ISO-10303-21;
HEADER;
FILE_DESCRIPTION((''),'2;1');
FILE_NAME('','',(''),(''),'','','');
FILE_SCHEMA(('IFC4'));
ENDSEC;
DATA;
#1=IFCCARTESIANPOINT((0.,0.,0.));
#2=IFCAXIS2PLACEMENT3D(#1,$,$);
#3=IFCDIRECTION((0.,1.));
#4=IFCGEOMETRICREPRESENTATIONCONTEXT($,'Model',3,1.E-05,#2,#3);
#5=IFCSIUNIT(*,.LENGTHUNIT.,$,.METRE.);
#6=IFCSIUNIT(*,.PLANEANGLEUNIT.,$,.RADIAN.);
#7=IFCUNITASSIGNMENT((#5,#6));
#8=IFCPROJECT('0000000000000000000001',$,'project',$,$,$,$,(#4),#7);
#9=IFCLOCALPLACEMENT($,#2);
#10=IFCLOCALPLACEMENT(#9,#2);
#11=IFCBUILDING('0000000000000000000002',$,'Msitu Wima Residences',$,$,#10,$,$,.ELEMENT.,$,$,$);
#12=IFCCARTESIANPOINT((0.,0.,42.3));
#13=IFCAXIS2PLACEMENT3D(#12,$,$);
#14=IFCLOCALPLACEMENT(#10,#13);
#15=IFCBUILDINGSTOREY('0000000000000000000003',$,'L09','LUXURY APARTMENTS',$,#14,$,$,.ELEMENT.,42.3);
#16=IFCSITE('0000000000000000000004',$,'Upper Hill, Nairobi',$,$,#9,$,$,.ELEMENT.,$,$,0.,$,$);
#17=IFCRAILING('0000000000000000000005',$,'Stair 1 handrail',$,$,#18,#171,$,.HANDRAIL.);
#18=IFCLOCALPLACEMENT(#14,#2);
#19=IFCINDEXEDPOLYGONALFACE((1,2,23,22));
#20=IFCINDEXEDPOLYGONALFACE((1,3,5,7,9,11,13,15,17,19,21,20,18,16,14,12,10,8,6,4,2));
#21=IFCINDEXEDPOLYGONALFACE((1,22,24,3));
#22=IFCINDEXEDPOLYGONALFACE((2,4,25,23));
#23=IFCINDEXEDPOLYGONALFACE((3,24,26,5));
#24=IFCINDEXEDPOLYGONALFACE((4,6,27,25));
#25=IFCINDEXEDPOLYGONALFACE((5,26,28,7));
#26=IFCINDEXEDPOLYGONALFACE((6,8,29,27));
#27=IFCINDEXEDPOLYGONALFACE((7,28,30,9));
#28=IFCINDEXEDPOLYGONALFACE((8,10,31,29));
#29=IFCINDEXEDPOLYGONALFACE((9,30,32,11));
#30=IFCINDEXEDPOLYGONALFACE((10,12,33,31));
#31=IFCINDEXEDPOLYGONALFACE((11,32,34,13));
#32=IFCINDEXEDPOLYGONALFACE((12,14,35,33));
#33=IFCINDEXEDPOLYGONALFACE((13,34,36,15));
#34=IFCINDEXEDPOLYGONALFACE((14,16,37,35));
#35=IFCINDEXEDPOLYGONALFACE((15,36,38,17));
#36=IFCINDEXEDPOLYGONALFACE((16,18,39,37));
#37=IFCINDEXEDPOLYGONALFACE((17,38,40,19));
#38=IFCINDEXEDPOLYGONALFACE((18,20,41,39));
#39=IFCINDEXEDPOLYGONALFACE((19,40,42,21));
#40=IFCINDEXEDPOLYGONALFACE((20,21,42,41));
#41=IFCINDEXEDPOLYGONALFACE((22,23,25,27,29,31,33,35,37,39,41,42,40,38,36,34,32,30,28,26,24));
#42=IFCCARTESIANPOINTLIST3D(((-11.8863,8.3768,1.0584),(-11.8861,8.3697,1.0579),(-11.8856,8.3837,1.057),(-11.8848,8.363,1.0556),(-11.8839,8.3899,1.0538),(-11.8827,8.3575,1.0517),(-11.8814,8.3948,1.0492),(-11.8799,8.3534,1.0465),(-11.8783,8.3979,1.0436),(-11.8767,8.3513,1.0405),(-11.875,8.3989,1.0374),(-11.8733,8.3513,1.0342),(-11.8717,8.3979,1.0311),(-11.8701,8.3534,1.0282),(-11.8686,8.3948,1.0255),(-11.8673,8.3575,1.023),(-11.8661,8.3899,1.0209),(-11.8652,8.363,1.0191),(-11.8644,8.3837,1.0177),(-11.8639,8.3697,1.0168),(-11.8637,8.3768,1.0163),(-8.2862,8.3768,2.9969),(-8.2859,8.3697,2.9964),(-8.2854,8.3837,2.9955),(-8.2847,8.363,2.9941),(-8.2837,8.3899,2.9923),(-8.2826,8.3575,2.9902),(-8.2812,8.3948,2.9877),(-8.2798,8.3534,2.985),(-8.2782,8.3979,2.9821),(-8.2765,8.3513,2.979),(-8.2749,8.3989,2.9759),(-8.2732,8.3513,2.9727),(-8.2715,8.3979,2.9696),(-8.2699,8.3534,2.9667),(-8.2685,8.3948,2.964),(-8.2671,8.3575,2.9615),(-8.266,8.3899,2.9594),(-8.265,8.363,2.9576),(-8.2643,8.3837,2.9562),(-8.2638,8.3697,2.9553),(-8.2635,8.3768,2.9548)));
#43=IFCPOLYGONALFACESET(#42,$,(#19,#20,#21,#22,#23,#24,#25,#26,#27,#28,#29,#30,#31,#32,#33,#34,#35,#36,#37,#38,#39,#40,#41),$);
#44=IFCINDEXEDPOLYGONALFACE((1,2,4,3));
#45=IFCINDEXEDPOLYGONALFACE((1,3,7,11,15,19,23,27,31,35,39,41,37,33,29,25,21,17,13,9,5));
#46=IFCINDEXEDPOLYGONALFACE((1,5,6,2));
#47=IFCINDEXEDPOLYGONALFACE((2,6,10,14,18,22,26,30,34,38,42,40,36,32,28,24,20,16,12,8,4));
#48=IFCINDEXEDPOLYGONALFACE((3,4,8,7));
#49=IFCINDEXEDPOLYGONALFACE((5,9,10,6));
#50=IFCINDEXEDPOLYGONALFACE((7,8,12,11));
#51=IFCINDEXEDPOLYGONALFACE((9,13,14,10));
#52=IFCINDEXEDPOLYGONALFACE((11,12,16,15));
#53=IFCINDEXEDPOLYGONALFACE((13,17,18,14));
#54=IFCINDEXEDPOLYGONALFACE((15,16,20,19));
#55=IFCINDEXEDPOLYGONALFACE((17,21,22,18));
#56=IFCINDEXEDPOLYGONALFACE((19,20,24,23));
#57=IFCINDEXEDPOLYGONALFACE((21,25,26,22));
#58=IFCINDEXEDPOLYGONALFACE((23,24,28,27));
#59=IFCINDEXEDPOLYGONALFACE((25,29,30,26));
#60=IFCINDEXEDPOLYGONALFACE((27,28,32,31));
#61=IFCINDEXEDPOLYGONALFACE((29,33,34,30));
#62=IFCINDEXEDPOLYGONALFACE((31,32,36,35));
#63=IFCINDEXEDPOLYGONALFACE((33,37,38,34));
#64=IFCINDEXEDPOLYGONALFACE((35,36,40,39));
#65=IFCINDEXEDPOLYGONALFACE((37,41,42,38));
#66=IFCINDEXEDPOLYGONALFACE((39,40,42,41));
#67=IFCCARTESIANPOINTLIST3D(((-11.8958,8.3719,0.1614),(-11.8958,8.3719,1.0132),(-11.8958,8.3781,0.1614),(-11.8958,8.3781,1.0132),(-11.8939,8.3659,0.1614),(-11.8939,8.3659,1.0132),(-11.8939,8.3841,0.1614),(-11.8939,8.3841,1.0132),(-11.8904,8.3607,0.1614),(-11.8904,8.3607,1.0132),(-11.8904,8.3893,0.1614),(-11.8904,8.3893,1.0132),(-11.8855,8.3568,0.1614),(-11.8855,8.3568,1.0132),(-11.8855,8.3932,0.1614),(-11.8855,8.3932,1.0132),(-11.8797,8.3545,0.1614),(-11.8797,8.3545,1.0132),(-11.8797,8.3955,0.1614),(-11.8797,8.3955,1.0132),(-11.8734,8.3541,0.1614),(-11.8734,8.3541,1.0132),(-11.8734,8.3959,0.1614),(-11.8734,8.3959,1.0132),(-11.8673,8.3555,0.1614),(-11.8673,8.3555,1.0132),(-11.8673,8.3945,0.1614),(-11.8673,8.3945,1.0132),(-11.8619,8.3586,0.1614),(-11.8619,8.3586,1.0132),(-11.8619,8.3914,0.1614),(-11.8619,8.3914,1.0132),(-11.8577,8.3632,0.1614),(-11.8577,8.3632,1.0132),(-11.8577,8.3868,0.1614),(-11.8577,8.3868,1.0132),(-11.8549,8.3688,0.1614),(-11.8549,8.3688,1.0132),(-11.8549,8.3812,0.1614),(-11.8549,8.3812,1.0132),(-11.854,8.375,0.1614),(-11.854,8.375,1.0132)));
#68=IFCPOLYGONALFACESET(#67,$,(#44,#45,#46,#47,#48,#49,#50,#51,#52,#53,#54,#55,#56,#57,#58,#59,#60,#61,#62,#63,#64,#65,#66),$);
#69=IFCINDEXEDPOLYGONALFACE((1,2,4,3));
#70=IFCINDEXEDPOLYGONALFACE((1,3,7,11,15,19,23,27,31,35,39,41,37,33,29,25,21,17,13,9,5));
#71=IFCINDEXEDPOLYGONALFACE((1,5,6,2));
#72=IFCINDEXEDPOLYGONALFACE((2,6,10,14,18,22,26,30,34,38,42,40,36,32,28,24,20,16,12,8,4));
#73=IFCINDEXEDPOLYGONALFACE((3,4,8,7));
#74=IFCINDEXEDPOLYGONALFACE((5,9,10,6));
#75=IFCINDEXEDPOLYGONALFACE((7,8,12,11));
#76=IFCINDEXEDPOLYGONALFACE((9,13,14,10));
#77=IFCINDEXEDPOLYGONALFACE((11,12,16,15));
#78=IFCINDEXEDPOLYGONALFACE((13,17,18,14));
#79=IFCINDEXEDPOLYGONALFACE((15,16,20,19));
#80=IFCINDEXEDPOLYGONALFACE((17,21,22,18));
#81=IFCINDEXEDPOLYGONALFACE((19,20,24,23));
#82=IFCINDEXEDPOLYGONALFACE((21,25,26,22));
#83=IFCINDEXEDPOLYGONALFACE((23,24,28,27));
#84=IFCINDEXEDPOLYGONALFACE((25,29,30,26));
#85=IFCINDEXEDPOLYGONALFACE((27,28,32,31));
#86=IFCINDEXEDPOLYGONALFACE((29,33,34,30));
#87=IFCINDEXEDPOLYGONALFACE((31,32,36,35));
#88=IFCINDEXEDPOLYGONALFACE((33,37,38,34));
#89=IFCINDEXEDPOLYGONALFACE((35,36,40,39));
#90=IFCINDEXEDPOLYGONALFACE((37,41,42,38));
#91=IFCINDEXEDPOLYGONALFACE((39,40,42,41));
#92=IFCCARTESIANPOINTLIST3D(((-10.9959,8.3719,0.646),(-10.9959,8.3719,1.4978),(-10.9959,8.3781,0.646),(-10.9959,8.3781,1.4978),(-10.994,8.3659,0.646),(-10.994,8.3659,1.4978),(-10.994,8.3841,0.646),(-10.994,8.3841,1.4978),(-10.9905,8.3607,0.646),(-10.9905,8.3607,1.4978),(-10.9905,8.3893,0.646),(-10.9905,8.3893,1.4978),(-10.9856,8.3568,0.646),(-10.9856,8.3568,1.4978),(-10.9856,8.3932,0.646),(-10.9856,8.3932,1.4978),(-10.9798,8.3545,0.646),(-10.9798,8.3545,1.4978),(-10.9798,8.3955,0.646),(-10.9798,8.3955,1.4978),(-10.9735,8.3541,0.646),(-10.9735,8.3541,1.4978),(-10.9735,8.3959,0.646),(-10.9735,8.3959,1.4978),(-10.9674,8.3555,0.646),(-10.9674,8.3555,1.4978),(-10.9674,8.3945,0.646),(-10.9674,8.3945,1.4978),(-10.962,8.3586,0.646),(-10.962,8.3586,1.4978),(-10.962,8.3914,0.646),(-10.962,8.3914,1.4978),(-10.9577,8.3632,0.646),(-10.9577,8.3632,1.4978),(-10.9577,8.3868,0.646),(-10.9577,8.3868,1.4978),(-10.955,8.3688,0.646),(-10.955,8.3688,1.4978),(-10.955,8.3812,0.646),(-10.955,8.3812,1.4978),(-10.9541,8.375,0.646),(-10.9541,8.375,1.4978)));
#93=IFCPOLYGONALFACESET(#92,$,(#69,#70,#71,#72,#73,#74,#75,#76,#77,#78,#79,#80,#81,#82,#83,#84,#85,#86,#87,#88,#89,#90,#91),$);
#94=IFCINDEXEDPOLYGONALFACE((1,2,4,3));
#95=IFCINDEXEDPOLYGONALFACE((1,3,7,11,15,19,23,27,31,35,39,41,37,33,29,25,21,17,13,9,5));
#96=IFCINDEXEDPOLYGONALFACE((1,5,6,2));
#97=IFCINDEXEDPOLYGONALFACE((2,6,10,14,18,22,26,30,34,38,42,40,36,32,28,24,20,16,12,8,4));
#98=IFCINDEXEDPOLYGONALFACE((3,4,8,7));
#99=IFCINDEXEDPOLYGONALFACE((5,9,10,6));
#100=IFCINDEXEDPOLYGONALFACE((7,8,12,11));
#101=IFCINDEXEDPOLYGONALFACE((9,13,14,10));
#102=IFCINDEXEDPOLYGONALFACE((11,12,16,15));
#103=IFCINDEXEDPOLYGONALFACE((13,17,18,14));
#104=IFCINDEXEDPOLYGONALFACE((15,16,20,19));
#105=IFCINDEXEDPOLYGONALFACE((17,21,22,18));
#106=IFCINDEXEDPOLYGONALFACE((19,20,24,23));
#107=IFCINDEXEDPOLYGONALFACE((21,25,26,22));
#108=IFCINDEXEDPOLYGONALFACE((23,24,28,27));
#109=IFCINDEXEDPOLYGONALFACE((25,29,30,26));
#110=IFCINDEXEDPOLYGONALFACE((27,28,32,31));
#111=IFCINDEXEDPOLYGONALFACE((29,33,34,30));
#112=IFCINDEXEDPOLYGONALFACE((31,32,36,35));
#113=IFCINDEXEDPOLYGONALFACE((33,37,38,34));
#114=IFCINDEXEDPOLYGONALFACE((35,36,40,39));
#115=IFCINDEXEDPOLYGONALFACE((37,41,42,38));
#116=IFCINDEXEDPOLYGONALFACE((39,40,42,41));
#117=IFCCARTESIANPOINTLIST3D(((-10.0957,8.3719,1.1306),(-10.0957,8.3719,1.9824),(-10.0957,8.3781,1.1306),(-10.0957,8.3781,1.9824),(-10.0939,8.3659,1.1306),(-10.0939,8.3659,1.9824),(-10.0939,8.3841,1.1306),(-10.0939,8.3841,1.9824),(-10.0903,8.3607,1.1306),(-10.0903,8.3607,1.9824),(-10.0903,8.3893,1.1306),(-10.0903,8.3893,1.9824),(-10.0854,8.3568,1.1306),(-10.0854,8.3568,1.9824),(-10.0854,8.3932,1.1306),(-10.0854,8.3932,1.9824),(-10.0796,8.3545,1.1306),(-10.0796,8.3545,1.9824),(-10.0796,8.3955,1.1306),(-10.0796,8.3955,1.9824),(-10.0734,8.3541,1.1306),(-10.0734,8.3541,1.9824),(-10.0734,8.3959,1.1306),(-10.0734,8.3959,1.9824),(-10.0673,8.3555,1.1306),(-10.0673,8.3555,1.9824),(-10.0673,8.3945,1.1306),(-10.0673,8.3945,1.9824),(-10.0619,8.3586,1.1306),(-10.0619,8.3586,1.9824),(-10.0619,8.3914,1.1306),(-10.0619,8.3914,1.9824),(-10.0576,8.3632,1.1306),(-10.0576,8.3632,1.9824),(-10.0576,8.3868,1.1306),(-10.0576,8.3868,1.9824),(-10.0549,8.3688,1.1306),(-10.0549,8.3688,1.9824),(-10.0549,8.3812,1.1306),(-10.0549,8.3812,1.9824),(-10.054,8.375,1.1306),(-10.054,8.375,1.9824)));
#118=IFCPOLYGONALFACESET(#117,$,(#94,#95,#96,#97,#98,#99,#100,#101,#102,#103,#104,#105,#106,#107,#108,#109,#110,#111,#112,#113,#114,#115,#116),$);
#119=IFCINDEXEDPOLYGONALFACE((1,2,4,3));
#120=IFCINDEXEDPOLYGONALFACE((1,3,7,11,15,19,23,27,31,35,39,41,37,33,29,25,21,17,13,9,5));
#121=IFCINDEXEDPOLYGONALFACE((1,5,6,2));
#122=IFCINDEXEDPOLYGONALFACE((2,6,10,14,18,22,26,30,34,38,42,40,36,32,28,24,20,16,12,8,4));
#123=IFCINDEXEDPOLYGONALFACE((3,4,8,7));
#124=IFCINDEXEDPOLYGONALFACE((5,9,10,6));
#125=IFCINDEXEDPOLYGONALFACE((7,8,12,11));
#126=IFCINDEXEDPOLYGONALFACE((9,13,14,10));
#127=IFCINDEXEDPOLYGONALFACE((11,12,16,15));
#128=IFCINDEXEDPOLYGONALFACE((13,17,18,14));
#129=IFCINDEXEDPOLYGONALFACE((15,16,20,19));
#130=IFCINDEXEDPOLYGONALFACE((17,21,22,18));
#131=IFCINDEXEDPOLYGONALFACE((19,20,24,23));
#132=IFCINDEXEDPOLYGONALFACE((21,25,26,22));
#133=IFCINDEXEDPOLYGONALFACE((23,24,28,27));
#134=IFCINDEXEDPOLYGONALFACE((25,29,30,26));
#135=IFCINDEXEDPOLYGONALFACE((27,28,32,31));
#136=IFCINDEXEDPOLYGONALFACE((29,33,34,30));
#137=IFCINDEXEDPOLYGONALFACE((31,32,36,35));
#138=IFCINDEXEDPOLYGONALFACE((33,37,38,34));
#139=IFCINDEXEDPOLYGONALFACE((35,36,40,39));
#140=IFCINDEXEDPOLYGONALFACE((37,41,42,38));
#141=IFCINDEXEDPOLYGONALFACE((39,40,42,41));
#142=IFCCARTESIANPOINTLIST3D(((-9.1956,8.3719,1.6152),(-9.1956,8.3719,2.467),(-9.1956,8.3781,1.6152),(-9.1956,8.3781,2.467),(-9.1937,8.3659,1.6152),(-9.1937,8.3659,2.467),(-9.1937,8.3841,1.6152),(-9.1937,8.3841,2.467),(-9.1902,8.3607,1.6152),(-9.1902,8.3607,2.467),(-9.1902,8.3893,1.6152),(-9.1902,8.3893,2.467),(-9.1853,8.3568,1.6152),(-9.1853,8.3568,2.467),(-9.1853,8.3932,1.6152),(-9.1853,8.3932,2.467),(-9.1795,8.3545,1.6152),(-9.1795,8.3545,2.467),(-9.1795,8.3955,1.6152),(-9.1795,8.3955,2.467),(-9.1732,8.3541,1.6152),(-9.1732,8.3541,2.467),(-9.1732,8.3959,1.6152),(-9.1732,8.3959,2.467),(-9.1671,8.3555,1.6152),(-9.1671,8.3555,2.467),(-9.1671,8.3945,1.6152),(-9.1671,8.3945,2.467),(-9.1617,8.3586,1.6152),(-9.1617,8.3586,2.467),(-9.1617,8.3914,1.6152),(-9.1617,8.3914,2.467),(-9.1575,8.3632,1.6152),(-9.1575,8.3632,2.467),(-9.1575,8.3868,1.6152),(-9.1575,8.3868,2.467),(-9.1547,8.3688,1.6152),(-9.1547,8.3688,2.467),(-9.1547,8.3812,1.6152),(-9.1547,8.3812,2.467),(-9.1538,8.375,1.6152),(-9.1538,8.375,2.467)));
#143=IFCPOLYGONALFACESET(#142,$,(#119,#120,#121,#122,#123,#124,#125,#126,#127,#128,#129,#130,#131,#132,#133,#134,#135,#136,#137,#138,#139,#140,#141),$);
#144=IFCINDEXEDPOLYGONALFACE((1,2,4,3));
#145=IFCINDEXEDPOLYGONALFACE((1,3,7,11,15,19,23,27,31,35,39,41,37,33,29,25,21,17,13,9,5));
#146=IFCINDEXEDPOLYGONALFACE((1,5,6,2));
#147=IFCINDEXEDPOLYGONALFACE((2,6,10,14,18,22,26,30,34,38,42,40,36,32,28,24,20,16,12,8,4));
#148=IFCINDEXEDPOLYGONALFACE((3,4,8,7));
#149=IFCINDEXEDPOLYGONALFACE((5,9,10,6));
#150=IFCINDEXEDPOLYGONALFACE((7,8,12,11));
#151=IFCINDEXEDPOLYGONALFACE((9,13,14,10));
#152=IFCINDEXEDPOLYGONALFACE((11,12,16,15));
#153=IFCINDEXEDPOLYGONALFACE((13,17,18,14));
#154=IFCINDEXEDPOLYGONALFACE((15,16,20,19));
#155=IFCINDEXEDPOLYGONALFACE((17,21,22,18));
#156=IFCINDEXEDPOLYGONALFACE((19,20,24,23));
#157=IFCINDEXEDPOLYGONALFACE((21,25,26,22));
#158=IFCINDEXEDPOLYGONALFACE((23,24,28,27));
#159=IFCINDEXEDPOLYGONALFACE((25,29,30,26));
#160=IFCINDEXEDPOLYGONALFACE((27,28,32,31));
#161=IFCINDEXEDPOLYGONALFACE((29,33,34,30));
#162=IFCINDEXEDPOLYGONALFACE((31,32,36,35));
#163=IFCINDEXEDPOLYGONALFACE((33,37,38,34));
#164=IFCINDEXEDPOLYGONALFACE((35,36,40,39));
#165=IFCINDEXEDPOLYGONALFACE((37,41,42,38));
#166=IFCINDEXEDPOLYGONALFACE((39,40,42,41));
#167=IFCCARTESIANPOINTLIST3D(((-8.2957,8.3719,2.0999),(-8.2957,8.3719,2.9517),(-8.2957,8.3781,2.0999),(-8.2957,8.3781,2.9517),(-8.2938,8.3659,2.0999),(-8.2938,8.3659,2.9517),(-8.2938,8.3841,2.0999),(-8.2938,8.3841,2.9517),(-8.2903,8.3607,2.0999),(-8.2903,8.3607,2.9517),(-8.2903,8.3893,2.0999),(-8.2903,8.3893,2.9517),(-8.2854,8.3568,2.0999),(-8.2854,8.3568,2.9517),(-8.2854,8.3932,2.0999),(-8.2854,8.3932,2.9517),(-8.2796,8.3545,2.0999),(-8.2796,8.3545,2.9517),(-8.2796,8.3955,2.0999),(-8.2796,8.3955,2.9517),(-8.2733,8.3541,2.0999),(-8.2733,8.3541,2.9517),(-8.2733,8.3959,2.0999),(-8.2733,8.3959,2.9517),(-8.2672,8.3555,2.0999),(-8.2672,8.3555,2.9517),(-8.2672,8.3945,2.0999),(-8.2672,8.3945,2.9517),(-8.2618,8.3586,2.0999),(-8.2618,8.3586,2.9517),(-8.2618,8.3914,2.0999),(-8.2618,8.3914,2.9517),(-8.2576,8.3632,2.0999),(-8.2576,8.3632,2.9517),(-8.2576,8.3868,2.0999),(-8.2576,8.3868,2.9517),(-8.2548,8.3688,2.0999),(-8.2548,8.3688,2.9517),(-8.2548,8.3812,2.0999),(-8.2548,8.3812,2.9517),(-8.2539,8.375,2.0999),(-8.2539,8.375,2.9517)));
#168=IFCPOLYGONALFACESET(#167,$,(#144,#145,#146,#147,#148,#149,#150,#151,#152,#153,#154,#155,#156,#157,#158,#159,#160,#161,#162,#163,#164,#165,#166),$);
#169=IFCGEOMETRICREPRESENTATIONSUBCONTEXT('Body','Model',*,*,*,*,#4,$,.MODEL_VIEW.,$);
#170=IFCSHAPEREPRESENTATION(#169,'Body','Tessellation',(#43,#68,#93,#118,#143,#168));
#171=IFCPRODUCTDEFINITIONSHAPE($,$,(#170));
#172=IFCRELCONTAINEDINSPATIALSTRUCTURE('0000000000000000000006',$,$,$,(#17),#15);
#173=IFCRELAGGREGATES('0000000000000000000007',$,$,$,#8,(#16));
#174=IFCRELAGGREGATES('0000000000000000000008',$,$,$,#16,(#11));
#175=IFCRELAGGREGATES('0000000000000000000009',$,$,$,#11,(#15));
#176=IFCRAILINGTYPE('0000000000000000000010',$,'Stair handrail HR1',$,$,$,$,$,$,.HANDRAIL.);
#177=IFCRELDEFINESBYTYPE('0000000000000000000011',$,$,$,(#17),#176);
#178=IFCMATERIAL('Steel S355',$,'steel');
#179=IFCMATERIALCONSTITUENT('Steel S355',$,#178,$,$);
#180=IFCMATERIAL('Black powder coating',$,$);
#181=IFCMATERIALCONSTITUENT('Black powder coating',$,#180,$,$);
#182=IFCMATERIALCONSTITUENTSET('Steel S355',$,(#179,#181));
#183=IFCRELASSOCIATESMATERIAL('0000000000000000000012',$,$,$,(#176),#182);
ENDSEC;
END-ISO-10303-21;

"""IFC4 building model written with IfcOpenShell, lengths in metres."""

from ifc_helpers import new_model, si_unit, direction, frame, origin, origin_2d, place, context, subcontext, project, spatial, circle, extrude, material, constituent, constituent_set, type_object, element, save


model = new_model("IFC4")

# Units and contexts
model_context = context("Model", 3, precision=1e-05, world=origin(), true_north=direction((0.0, 1.0)))
body_context = subcontext(model_context, "Body", "Model", "MODEL_VIEW")
ifc_project = project(units=[si_unit("LENGTHUNIT", "METRE"), si_unit("PLANEANGLEUNIT", "RADIAN")], contexts=[model_context])

# Site, building, storey
site_placement = place(None, origin())
site = spatial("IfcSite", under=ifc_project, at=site_placement, Name="Upper Hill, Nairobi", CompositionType="ELEMENT", RefElevation=0.0)
building_placement = place(site_placement, origin())
building = spatial("IfcBuilding", under=site, at=building_placement, Name="Msitu Wima Residences", CompositionType="ELEMENT")
storey_placement = place(building_placement, frame((0.0, 0.0, 42.3)))
storey = spatial("IfcBuildingStorey", under=building, at=storey_placement, Name="L09", Description="LUXURY APARTMENTS", CompositionType="ELEMENT", Elevation=42.3)

# Railing
ifc_material_1 = material(Name="Steel S355", Category="steel")
ifc_constituent_1 = constituent(ifc_material_1, Name="Steel S355")
ifc_material_2 = material(Name="Black powder coating")
ifc_constituent_2 = constituent(ifc_material_2, Name="Black powder coating")
ifc_constituent_set = constituent_set(constituents=[ifc_constituent_1, ifc_constituent_2], Name="Steel S355")
railing_type = type_object("IfcRailingType", Name="Stair handrail HR1", PredefinedType="HANDRAIL", material=ifc_constituent_set)
for number, where, name in (
    (1, (-11.875, 8.375, 0.1614), "Stair 1 handrail"),
):
    element("IfcRailing", number, at=place(storey_placement, frame(where)), inside=storey, type_object=railing_type, Name=name, PredefinedType="HANDRAIL", context=body_context, shape_type="SweptSolid", body=[
        extrude(circle(Radius=0.0239, at=origin_2d()), frame((0.0, 0.0, 0.876), z_axis=(0.880475, 0.0, 0.474093), x_axis=(0.0, 1.0, 0.0)), (0.0, 0.0, 1.0), 4.0889),
        extrude(circle(Radius=0.021, at=origin_2d()), origin(), (0.0, 0.0, 1.0), 0.8518),
        extrude(circle(Radius=0.021, at=origin_2d()), frame((0.8999, 0.0, 0.4846)), (0.0, 0.0, 1.0), 0.8518),
        extrude(circle(Radius=0.021, at=origin_2d()), frame((1.8, 0.0, 0.9692)), (0.0, 0.0, 1.0), 0.8518),
        extrude(circle(Radius=0.021, at=origin_2d()), frame((2.7002, 0.0, 1.4539)), (0.0, 0.0, 1.0), 0.8518),
        extrude(circle(Radius=0.021, at=origin_2d()), frame((3.6001, 0.0, 1.9385)), (0.0, 0.0, 1.0), 0.8518),
    ])

save(model, "model.ifc")
